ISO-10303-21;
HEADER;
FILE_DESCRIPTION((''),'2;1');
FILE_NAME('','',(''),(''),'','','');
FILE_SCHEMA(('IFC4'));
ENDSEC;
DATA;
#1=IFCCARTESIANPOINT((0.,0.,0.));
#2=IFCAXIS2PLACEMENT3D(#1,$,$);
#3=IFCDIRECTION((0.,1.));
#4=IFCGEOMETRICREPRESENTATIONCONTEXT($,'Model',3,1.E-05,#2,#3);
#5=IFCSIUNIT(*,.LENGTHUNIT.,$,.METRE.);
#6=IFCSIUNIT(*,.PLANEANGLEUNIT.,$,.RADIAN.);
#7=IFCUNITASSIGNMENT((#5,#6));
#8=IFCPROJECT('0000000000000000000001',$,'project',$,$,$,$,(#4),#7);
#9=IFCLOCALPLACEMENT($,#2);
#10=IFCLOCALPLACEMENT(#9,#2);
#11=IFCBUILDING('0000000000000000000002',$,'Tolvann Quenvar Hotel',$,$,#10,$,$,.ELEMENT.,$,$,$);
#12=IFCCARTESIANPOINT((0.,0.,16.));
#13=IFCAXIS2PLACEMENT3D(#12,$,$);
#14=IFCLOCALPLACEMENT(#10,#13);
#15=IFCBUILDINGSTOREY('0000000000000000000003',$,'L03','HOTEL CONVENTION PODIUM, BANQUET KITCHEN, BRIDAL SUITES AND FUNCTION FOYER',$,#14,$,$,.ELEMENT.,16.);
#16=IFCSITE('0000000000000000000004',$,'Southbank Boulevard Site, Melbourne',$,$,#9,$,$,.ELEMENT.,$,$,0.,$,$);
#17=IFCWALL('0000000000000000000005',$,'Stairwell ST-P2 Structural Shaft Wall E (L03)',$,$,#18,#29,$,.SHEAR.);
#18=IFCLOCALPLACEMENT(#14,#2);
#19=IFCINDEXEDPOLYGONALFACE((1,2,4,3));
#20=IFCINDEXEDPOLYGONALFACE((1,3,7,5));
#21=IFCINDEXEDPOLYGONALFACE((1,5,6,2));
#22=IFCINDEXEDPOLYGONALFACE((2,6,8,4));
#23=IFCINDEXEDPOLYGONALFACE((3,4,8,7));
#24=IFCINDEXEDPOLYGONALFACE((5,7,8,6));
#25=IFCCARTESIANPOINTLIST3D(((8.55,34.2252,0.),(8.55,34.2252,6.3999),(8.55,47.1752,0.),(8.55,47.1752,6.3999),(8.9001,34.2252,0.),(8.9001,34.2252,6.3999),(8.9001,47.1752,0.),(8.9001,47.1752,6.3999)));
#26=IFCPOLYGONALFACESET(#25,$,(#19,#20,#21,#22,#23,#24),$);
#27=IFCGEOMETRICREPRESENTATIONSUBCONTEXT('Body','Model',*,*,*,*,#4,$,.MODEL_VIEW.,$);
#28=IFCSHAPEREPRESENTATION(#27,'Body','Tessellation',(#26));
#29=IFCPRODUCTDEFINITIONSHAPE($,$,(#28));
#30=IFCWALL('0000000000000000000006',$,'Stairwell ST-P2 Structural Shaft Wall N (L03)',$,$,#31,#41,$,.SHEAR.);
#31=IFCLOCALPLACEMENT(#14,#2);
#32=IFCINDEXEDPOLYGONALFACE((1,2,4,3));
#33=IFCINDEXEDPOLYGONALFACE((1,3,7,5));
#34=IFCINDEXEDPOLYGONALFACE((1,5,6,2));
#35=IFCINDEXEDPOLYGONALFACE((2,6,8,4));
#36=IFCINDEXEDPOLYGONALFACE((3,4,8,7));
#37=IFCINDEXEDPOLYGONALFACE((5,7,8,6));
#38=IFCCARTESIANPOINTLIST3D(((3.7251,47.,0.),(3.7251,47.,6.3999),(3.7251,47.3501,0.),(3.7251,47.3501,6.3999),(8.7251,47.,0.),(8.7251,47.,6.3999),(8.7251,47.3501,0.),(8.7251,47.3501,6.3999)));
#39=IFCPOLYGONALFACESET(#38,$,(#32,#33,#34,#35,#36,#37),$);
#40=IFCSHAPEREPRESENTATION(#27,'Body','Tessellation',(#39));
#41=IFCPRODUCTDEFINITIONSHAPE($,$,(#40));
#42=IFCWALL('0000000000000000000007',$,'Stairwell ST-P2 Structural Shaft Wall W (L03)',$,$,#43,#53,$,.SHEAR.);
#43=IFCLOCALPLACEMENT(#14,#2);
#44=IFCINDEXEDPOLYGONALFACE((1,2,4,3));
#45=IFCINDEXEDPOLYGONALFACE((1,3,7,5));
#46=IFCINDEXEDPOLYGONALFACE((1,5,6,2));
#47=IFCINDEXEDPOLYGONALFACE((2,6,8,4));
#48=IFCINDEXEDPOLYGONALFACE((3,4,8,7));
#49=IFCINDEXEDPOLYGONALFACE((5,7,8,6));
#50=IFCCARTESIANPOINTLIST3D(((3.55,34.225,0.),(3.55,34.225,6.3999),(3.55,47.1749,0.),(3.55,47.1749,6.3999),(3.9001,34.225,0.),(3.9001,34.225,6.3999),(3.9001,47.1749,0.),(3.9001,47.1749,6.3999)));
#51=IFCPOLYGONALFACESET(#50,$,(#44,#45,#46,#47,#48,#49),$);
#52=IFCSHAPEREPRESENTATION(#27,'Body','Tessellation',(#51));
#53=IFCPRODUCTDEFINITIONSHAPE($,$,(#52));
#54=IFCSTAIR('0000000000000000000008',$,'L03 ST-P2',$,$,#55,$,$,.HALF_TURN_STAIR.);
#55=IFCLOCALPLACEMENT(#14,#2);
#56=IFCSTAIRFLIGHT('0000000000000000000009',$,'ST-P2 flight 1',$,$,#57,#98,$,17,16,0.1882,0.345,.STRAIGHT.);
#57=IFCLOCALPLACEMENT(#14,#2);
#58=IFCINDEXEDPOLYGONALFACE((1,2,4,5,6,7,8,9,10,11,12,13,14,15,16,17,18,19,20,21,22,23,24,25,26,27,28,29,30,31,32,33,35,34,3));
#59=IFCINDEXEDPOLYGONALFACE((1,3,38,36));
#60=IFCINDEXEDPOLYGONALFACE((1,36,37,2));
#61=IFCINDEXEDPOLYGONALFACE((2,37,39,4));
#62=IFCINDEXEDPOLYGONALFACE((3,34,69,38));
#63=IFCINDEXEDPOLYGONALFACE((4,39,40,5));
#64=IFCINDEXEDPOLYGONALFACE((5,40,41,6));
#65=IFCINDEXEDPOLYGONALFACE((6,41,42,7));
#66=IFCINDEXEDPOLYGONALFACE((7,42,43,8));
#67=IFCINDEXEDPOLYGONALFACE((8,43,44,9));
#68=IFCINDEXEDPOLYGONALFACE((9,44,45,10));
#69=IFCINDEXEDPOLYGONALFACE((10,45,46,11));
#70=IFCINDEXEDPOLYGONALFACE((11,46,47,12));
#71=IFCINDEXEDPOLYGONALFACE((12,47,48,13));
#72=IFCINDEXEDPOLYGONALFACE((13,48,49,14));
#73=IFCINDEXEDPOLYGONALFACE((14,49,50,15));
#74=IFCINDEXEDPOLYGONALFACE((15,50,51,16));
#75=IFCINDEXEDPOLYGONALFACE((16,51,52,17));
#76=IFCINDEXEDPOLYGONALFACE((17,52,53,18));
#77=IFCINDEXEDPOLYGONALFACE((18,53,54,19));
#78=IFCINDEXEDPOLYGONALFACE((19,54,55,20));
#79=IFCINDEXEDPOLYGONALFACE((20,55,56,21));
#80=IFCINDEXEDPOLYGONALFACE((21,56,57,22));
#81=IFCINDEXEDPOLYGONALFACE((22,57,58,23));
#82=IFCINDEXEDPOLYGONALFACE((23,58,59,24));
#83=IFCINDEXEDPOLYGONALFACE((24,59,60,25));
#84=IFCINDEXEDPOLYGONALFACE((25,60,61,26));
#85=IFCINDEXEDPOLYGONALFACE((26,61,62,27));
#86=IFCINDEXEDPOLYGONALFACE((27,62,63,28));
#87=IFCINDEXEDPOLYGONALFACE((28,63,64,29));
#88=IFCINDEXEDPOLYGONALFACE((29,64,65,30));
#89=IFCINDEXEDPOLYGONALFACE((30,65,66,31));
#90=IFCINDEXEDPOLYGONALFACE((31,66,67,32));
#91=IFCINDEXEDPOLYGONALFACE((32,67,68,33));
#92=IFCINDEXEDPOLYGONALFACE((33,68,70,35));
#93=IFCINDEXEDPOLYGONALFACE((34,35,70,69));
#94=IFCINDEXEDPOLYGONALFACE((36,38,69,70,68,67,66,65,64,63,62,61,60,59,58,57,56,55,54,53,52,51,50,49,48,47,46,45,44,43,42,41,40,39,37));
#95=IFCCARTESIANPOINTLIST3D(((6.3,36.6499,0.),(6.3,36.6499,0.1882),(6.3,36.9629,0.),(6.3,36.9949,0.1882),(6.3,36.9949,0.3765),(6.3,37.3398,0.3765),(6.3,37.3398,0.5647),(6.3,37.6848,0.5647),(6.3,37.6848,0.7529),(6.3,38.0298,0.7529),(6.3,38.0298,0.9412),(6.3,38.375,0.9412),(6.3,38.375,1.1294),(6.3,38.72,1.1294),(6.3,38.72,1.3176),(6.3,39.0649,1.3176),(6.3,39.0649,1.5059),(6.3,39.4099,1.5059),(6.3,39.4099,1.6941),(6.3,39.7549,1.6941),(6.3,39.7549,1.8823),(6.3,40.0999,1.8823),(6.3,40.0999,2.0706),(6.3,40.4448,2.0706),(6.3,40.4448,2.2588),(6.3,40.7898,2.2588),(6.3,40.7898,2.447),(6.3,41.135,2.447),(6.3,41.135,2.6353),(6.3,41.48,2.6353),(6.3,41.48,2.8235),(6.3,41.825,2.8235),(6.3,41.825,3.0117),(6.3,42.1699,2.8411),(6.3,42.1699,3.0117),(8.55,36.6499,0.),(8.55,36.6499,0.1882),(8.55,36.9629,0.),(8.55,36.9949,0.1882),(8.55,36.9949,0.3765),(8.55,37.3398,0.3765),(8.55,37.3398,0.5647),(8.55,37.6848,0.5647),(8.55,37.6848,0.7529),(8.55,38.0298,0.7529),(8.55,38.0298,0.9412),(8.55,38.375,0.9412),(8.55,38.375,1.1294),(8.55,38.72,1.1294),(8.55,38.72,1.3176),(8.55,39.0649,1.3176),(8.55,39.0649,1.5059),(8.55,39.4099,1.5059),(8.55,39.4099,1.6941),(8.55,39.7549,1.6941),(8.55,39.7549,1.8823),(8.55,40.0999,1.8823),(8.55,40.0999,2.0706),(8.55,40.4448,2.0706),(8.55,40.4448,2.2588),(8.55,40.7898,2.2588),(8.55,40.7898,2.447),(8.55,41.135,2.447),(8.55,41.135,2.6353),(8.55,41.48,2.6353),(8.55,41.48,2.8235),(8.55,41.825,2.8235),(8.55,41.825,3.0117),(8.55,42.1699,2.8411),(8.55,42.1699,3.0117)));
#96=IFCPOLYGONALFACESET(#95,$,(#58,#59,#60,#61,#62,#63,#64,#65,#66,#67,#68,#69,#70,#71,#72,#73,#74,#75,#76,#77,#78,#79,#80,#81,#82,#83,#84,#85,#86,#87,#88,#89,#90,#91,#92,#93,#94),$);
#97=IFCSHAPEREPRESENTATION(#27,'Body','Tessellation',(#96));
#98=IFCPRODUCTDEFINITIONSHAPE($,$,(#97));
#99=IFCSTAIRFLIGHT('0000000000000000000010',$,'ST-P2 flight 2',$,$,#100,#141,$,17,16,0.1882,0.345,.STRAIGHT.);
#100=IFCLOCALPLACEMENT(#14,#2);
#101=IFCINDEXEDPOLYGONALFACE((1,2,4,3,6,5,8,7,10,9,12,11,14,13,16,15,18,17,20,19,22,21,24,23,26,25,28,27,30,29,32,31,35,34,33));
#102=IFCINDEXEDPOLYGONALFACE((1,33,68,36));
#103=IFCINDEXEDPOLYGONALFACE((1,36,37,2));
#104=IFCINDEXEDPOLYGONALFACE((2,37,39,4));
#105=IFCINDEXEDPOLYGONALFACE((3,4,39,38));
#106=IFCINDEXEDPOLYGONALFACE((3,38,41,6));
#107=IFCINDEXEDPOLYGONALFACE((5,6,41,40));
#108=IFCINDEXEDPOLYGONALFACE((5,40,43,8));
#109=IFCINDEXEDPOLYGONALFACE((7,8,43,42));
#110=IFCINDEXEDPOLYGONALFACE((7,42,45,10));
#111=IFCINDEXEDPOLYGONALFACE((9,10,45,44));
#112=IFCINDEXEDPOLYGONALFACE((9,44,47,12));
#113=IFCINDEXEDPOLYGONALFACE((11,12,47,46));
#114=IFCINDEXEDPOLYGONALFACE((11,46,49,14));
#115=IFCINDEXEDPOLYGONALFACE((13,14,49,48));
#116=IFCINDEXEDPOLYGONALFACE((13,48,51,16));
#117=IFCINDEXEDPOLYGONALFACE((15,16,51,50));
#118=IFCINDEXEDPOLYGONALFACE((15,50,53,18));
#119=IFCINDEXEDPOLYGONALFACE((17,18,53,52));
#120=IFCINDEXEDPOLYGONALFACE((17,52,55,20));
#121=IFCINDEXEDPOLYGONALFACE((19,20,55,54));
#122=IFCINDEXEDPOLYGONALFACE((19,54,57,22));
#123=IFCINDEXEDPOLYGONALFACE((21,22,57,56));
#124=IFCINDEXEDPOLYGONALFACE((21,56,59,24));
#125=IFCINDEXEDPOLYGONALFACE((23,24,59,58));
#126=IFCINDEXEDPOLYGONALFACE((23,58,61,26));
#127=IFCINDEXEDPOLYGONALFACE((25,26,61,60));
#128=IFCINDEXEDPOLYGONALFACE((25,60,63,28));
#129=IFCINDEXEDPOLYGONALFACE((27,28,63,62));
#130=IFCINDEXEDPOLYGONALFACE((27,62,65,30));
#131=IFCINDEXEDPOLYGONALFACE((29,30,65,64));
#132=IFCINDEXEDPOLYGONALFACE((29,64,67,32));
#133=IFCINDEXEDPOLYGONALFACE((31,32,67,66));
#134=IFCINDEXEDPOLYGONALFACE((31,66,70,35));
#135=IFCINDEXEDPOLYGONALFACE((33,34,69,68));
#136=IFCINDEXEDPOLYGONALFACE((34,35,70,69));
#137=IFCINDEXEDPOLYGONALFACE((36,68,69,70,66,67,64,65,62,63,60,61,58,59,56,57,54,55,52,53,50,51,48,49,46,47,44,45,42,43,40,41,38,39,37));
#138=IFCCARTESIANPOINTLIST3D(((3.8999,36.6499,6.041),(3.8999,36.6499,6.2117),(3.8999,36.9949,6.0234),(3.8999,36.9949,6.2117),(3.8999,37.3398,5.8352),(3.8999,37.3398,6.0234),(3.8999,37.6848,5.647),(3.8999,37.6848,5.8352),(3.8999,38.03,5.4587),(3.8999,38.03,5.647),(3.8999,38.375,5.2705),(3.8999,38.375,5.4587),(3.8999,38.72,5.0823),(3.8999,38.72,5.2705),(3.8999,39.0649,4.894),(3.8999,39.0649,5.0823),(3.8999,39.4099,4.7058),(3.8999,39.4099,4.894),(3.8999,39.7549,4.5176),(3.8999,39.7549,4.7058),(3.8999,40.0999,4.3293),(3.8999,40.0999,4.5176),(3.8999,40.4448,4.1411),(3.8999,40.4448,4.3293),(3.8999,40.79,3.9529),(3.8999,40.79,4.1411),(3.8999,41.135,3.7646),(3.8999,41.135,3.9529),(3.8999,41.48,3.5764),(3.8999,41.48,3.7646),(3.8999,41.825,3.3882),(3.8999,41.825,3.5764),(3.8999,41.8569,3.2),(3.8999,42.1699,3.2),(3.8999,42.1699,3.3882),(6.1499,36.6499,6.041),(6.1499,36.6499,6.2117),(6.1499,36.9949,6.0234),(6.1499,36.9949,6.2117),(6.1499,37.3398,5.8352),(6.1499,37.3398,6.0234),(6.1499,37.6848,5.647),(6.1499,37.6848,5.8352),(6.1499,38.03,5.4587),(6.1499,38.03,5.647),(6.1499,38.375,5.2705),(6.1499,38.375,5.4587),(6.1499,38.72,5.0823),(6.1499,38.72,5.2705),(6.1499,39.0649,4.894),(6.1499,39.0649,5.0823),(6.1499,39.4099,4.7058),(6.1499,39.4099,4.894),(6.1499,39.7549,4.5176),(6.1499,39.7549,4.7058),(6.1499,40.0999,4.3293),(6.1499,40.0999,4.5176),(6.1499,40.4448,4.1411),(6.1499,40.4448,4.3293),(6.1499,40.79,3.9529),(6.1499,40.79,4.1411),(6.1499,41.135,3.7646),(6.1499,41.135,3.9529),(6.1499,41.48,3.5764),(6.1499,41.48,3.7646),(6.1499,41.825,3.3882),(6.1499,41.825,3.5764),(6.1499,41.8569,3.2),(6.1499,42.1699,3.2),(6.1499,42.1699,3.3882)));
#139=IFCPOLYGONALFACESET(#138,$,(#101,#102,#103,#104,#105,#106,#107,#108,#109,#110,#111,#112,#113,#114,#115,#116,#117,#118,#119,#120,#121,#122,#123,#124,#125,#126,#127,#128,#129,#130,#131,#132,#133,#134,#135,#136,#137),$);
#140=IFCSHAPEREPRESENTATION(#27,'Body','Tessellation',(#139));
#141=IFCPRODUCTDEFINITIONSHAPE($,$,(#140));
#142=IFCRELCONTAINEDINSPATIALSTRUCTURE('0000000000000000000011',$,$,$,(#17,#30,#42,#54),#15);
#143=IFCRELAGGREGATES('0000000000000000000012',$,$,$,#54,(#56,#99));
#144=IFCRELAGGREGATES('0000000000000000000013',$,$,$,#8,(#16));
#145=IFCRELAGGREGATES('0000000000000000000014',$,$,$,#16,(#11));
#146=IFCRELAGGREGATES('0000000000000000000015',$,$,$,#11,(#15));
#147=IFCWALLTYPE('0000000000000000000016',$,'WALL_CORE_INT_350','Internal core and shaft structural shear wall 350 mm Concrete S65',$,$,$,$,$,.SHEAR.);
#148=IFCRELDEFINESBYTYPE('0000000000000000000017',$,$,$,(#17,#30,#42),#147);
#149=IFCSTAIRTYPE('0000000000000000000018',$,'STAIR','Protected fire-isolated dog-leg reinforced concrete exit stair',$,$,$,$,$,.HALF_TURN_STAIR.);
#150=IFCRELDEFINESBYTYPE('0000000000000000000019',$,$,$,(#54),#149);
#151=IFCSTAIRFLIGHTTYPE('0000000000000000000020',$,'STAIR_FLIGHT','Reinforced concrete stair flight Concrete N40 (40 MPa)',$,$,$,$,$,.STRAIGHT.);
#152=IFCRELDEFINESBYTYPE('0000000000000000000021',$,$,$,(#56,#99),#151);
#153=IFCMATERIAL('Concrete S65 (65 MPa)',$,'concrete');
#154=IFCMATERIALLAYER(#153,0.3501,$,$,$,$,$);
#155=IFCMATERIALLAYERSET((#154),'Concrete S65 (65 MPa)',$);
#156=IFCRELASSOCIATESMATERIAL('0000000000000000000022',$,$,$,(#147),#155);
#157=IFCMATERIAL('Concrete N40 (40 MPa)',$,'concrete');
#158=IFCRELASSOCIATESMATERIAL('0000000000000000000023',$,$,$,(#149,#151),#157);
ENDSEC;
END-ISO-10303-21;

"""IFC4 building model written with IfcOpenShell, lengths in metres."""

from ifc_helpers import new_model, si_unit, direction, frame, frame_2d, origin, place, context, subcontext, project, spatial, polyline, rectangle, outline, extrude, material, layer, layer_set, type_object, element, aggregate, save


model = new_model("IFC4")

# Units and contexts
model_context = context("Model", 3, precision=1e-05, world=origin(), true_north=direction((0.0, 1.0)))
body_context = subcontext(model_context, "Body", "Model", "MODEL_VIEW")
ifc_project = project(units=[si_unit("LENGTHUNIT", "METRE"), si_unit("PLANEANGLEUNIT", "RADIAN")], contexts=[model_context])

# Site, building, storey
site_placement = place(None, origin())
site = spatial("IfcSite", under=ifc_project, at=site_placement, Name="Southbank Boulevard Site, Melbourne", CompositionType="ELEMENT", RefElevation=0.0)
building_placement = place(site_placement, origin())
building = spatial("IfcBuilding", under=site, at=building_placement, Name="Tolvann Quenvar Hotel", CompositionType="ELEMENT")
storey_placement = place(building_placement, frame((0.0, 0.0, 16.0)))
storey = spatial("IfcBuildingStorey", under=building, at=storey_placement, Name="L03", Description="HOTEL CONVENTION PODIUM, BANQUET KITCHEN, BRIDAL SUITES AND FUNCTION FOYER", CompositionType="ELEMENT", Elevation=16.0)

# Shared definitions
ifc_material_1 = material(Name="Concrete S65 (65 MPa)", Category="concrete")

# Shared definitions
ifc_layer_1 = layer(ifc_material_1, 0.3501)
ifc_layer_set_1 = layer_set([ifc_layer_1], Name="Concrete S65 (65 MPa)")
wall_type_1 = type_object("IfcWallType", Name="WALL_CORE_INT_350", Description="Internal core and shaft structural shear wall 350 mm Concrete S65", PredefinedType="SHEAR", material=ifc_layer_set_1)

# Walls
wall_1_placement = place(storey_placement, frame((8.7251, 34.2251, 0.0), z_axis=(0.0, 0.0, 1.0), x_axis=(0.0, 1.0, 0.0)))
element("IfcWall", 1, at=wall_1_placement, inside=storey, type_object=wall_type_1, Name="Stairwell ST-P2 Structural Shaft Wall E (L03)", PredefinedType="SHEAR", context=body_context, shape_type="SweptSolid", body=[
    extrude(rectangle(XDim=12.95, YDim=0.3501, at=frame_2d((6.4751, 0.0))), origin(), (0.0, 0.0, 1.0), 6.3999),
])
wall_2_placement = place(storey_placement, frame((8.7251, 47.175, 0.0), z_axis=(0.0, 0.0, 1.0), x_axis=(-1.0, 0.0, 0.0)))
element("IfcWall", 2, at=wall_2_placement, inside=storey, type_object=wall_type_1, Name="Stairwell ST-P2 Structural Shaft Wall N (L03)", PredefinedType="SHEAR", context=body_context, shape_type="SweptSolid", body=[
    extrude(rectangle(XDim=5.0, YDim=0.3501, at=frame_2d((2.5, 0.0))), origin(), (0.0, 0.0, 1.0), 6.3999),
])
wall_3_placement = place(storey_placement, frame((3.7251, 47.175, 0.0), z_axis=(0.0, 0.0, 1.0), x_axis=(0.0, -1.0, 0.0)))
element("IfcWall", 3, at=wall_3_placement, inside=storey, type_object=wall_type_1, Name="Stairwell ST-P2 Structural Shaft Wall W (L03)", PredefinedType="SHEAR", context=body_context, shape_type="SweptSolid", body=[
    extrude(rectangle(XDim=12.95, YDim=0.3501, at=frame_2d((6.4751, 0.0))), origin(), (0.0, 0.0, 1.0), 6.3999),
])

# Stair, stair flights
ifc_material_2 = material(Name="Concrete N40 (40 MPa)", Category="concrete")
stair_type = type_object("IfcStairType", Name="STAIR", Description="Protected fire-isolated dog-leg reinforced concrete exit stair", PredefinedType="HALF_TURN_STAIR", material=ifc_material_2)
stair_placement = place(storey_placement, origin())
stair = element("IfcStair", 4, at=stair_placement, inside=storey, type_object=stair_type, Name="L03 ST-P2", PredefinedType="HALF_TURN_STAIR")
stair_flight_type = type_object("IfcStairFlightType", Name="STAIR_FLIGHT", Description="Reinforced concrete stair flight Concrete N40 (40 MPa)", PredefinedType="STRAIGHT", material=ifc_material_2)
stair_flight_1_placement = place(storey_placement, frame((7.425, 36.6499, 0.0), z_axis=(0.0, 0.0, 1.0), x_axis=(0.0, 1.0, 0.0)))
stair_flight_1 = element("IfcStairFlight", 5, at=stair_flight_1_placement, type_object=stair_flight_type, Name="ST-P2 flight 1", NumberOfRisers=17, NumberOfTreads=16, PredefinedType="STRAIGHT", RiserHeight=0.1882, TreadLength=0.345, context=body_context, shape_type="SweptSolid", body=[
    extrude(outline(polyline([(0.0, 0.0), (0.0, 0.1882), (0.345, 0.1882), (0.345, 0.3765), (0.6899, 0.3765), (0.6899, 0.5647), (1.0349, 0.5647), (1.0349, 0.7529), (1.3799, 0.7529), (1.3799, 0.9412), (1.7251, 0.9412), (1.7251, 1.1294), (2.0701, 1.1294), (2.0701, 1.3176), (2.415, 1.3176), (2.415, 1.5059), (2.76, 1.5059), (2.76, 1.6941), (3.105, 1.6941), (3.105, 1.8823), (3.45, 1.8823), (3.45, 2.0706), (3.7949, 2.0706), (3.7949, 2.2588), (4.1399, 2.2588), (4.1399, 2.447), (4.4851, 2.447), (4.4851, 2.6353), (4.8301, 2.6353), (4.8301, 2.8235), (5.175, 2.8235), (5.175, 3.0117), (5.52, 3.0117), (5.52, 3.2), (5.52, 2.8411), (0.313, 0.0), (0.0, 0.0)])), frame((0.0, 1.125, 0.0), z_axis=(0.0, -1.0, 0.0), x_axis=(1.0, 0.0, 0.0)), (0.0, 0.0, 1.0), 2.25),
])
stair_flight_2_placement = place(storey_placement, frame((5.0249, 42.1699, 3.2), z_axis=(0.0, 0.0, 1.0), x_axis=(0.0, -1.0, 0.0)))
stair_flight_2 = element("IfcStairFlight", 6, at=stair_flight_2_placement, type_object=stair_flight_type, Name="ST-P2 flight 2", NumberOfRisers=17, NumberOfTreads=16, PredefinedType="STRAIGHT", RiserHeight=0.1882, TreadLength=0.345, context=body_context, shape_type="SweptSolid", body=[
    extrude(outline(polyline([(0.0, 0.0), (0.0, 0.1882), (0.345, 0.1882), (0.345, 0.3765), (0.6899, 0.3765), (0.6899, 0.5647), (1.0349, 0.5647), (1.0349, 0.7529), (1.3799, 0.7529), (1.3799, 0.9412), (1.7251, 0.9412), (1.7251, 1.1294), (2.0701, 1.1294), (2.0701, 1.3176), (2.415, 1.3176), (2.415, 1.5059), (2.76, 1.5059), (2.76, 1.6941), (3.105, 1.6941), (3.105, 1.8823), (3.45, 1.8823), (3.45, 2.0706), (3.7949, 2.0706), (3.7949, 2.2588), (4.1399, 2.2588), (4.1399, 2.447), (4.4851, 2.447), (4.4851, 2.6353), (4.8301, 2.6353), (4.8301, 2.8235), (5.175, 2.8235), (5.175, 3.0117), (5.52, 3.0117), (5.52, 3.2), (5.52, 2.8411), (0.313, 0.0), (0.0, 0.0)])), frame((0.0, 1.125, 0.0), z_axis=(0.0, -1.0, 0.0), x_axis=(1.0, 0.0, 0.0)), (0.0, 0.0, 1.0), 2.25),
])
aggregate(stair, [stair_flight_1, stair_flight_2])

save(model, "model.ifc")
